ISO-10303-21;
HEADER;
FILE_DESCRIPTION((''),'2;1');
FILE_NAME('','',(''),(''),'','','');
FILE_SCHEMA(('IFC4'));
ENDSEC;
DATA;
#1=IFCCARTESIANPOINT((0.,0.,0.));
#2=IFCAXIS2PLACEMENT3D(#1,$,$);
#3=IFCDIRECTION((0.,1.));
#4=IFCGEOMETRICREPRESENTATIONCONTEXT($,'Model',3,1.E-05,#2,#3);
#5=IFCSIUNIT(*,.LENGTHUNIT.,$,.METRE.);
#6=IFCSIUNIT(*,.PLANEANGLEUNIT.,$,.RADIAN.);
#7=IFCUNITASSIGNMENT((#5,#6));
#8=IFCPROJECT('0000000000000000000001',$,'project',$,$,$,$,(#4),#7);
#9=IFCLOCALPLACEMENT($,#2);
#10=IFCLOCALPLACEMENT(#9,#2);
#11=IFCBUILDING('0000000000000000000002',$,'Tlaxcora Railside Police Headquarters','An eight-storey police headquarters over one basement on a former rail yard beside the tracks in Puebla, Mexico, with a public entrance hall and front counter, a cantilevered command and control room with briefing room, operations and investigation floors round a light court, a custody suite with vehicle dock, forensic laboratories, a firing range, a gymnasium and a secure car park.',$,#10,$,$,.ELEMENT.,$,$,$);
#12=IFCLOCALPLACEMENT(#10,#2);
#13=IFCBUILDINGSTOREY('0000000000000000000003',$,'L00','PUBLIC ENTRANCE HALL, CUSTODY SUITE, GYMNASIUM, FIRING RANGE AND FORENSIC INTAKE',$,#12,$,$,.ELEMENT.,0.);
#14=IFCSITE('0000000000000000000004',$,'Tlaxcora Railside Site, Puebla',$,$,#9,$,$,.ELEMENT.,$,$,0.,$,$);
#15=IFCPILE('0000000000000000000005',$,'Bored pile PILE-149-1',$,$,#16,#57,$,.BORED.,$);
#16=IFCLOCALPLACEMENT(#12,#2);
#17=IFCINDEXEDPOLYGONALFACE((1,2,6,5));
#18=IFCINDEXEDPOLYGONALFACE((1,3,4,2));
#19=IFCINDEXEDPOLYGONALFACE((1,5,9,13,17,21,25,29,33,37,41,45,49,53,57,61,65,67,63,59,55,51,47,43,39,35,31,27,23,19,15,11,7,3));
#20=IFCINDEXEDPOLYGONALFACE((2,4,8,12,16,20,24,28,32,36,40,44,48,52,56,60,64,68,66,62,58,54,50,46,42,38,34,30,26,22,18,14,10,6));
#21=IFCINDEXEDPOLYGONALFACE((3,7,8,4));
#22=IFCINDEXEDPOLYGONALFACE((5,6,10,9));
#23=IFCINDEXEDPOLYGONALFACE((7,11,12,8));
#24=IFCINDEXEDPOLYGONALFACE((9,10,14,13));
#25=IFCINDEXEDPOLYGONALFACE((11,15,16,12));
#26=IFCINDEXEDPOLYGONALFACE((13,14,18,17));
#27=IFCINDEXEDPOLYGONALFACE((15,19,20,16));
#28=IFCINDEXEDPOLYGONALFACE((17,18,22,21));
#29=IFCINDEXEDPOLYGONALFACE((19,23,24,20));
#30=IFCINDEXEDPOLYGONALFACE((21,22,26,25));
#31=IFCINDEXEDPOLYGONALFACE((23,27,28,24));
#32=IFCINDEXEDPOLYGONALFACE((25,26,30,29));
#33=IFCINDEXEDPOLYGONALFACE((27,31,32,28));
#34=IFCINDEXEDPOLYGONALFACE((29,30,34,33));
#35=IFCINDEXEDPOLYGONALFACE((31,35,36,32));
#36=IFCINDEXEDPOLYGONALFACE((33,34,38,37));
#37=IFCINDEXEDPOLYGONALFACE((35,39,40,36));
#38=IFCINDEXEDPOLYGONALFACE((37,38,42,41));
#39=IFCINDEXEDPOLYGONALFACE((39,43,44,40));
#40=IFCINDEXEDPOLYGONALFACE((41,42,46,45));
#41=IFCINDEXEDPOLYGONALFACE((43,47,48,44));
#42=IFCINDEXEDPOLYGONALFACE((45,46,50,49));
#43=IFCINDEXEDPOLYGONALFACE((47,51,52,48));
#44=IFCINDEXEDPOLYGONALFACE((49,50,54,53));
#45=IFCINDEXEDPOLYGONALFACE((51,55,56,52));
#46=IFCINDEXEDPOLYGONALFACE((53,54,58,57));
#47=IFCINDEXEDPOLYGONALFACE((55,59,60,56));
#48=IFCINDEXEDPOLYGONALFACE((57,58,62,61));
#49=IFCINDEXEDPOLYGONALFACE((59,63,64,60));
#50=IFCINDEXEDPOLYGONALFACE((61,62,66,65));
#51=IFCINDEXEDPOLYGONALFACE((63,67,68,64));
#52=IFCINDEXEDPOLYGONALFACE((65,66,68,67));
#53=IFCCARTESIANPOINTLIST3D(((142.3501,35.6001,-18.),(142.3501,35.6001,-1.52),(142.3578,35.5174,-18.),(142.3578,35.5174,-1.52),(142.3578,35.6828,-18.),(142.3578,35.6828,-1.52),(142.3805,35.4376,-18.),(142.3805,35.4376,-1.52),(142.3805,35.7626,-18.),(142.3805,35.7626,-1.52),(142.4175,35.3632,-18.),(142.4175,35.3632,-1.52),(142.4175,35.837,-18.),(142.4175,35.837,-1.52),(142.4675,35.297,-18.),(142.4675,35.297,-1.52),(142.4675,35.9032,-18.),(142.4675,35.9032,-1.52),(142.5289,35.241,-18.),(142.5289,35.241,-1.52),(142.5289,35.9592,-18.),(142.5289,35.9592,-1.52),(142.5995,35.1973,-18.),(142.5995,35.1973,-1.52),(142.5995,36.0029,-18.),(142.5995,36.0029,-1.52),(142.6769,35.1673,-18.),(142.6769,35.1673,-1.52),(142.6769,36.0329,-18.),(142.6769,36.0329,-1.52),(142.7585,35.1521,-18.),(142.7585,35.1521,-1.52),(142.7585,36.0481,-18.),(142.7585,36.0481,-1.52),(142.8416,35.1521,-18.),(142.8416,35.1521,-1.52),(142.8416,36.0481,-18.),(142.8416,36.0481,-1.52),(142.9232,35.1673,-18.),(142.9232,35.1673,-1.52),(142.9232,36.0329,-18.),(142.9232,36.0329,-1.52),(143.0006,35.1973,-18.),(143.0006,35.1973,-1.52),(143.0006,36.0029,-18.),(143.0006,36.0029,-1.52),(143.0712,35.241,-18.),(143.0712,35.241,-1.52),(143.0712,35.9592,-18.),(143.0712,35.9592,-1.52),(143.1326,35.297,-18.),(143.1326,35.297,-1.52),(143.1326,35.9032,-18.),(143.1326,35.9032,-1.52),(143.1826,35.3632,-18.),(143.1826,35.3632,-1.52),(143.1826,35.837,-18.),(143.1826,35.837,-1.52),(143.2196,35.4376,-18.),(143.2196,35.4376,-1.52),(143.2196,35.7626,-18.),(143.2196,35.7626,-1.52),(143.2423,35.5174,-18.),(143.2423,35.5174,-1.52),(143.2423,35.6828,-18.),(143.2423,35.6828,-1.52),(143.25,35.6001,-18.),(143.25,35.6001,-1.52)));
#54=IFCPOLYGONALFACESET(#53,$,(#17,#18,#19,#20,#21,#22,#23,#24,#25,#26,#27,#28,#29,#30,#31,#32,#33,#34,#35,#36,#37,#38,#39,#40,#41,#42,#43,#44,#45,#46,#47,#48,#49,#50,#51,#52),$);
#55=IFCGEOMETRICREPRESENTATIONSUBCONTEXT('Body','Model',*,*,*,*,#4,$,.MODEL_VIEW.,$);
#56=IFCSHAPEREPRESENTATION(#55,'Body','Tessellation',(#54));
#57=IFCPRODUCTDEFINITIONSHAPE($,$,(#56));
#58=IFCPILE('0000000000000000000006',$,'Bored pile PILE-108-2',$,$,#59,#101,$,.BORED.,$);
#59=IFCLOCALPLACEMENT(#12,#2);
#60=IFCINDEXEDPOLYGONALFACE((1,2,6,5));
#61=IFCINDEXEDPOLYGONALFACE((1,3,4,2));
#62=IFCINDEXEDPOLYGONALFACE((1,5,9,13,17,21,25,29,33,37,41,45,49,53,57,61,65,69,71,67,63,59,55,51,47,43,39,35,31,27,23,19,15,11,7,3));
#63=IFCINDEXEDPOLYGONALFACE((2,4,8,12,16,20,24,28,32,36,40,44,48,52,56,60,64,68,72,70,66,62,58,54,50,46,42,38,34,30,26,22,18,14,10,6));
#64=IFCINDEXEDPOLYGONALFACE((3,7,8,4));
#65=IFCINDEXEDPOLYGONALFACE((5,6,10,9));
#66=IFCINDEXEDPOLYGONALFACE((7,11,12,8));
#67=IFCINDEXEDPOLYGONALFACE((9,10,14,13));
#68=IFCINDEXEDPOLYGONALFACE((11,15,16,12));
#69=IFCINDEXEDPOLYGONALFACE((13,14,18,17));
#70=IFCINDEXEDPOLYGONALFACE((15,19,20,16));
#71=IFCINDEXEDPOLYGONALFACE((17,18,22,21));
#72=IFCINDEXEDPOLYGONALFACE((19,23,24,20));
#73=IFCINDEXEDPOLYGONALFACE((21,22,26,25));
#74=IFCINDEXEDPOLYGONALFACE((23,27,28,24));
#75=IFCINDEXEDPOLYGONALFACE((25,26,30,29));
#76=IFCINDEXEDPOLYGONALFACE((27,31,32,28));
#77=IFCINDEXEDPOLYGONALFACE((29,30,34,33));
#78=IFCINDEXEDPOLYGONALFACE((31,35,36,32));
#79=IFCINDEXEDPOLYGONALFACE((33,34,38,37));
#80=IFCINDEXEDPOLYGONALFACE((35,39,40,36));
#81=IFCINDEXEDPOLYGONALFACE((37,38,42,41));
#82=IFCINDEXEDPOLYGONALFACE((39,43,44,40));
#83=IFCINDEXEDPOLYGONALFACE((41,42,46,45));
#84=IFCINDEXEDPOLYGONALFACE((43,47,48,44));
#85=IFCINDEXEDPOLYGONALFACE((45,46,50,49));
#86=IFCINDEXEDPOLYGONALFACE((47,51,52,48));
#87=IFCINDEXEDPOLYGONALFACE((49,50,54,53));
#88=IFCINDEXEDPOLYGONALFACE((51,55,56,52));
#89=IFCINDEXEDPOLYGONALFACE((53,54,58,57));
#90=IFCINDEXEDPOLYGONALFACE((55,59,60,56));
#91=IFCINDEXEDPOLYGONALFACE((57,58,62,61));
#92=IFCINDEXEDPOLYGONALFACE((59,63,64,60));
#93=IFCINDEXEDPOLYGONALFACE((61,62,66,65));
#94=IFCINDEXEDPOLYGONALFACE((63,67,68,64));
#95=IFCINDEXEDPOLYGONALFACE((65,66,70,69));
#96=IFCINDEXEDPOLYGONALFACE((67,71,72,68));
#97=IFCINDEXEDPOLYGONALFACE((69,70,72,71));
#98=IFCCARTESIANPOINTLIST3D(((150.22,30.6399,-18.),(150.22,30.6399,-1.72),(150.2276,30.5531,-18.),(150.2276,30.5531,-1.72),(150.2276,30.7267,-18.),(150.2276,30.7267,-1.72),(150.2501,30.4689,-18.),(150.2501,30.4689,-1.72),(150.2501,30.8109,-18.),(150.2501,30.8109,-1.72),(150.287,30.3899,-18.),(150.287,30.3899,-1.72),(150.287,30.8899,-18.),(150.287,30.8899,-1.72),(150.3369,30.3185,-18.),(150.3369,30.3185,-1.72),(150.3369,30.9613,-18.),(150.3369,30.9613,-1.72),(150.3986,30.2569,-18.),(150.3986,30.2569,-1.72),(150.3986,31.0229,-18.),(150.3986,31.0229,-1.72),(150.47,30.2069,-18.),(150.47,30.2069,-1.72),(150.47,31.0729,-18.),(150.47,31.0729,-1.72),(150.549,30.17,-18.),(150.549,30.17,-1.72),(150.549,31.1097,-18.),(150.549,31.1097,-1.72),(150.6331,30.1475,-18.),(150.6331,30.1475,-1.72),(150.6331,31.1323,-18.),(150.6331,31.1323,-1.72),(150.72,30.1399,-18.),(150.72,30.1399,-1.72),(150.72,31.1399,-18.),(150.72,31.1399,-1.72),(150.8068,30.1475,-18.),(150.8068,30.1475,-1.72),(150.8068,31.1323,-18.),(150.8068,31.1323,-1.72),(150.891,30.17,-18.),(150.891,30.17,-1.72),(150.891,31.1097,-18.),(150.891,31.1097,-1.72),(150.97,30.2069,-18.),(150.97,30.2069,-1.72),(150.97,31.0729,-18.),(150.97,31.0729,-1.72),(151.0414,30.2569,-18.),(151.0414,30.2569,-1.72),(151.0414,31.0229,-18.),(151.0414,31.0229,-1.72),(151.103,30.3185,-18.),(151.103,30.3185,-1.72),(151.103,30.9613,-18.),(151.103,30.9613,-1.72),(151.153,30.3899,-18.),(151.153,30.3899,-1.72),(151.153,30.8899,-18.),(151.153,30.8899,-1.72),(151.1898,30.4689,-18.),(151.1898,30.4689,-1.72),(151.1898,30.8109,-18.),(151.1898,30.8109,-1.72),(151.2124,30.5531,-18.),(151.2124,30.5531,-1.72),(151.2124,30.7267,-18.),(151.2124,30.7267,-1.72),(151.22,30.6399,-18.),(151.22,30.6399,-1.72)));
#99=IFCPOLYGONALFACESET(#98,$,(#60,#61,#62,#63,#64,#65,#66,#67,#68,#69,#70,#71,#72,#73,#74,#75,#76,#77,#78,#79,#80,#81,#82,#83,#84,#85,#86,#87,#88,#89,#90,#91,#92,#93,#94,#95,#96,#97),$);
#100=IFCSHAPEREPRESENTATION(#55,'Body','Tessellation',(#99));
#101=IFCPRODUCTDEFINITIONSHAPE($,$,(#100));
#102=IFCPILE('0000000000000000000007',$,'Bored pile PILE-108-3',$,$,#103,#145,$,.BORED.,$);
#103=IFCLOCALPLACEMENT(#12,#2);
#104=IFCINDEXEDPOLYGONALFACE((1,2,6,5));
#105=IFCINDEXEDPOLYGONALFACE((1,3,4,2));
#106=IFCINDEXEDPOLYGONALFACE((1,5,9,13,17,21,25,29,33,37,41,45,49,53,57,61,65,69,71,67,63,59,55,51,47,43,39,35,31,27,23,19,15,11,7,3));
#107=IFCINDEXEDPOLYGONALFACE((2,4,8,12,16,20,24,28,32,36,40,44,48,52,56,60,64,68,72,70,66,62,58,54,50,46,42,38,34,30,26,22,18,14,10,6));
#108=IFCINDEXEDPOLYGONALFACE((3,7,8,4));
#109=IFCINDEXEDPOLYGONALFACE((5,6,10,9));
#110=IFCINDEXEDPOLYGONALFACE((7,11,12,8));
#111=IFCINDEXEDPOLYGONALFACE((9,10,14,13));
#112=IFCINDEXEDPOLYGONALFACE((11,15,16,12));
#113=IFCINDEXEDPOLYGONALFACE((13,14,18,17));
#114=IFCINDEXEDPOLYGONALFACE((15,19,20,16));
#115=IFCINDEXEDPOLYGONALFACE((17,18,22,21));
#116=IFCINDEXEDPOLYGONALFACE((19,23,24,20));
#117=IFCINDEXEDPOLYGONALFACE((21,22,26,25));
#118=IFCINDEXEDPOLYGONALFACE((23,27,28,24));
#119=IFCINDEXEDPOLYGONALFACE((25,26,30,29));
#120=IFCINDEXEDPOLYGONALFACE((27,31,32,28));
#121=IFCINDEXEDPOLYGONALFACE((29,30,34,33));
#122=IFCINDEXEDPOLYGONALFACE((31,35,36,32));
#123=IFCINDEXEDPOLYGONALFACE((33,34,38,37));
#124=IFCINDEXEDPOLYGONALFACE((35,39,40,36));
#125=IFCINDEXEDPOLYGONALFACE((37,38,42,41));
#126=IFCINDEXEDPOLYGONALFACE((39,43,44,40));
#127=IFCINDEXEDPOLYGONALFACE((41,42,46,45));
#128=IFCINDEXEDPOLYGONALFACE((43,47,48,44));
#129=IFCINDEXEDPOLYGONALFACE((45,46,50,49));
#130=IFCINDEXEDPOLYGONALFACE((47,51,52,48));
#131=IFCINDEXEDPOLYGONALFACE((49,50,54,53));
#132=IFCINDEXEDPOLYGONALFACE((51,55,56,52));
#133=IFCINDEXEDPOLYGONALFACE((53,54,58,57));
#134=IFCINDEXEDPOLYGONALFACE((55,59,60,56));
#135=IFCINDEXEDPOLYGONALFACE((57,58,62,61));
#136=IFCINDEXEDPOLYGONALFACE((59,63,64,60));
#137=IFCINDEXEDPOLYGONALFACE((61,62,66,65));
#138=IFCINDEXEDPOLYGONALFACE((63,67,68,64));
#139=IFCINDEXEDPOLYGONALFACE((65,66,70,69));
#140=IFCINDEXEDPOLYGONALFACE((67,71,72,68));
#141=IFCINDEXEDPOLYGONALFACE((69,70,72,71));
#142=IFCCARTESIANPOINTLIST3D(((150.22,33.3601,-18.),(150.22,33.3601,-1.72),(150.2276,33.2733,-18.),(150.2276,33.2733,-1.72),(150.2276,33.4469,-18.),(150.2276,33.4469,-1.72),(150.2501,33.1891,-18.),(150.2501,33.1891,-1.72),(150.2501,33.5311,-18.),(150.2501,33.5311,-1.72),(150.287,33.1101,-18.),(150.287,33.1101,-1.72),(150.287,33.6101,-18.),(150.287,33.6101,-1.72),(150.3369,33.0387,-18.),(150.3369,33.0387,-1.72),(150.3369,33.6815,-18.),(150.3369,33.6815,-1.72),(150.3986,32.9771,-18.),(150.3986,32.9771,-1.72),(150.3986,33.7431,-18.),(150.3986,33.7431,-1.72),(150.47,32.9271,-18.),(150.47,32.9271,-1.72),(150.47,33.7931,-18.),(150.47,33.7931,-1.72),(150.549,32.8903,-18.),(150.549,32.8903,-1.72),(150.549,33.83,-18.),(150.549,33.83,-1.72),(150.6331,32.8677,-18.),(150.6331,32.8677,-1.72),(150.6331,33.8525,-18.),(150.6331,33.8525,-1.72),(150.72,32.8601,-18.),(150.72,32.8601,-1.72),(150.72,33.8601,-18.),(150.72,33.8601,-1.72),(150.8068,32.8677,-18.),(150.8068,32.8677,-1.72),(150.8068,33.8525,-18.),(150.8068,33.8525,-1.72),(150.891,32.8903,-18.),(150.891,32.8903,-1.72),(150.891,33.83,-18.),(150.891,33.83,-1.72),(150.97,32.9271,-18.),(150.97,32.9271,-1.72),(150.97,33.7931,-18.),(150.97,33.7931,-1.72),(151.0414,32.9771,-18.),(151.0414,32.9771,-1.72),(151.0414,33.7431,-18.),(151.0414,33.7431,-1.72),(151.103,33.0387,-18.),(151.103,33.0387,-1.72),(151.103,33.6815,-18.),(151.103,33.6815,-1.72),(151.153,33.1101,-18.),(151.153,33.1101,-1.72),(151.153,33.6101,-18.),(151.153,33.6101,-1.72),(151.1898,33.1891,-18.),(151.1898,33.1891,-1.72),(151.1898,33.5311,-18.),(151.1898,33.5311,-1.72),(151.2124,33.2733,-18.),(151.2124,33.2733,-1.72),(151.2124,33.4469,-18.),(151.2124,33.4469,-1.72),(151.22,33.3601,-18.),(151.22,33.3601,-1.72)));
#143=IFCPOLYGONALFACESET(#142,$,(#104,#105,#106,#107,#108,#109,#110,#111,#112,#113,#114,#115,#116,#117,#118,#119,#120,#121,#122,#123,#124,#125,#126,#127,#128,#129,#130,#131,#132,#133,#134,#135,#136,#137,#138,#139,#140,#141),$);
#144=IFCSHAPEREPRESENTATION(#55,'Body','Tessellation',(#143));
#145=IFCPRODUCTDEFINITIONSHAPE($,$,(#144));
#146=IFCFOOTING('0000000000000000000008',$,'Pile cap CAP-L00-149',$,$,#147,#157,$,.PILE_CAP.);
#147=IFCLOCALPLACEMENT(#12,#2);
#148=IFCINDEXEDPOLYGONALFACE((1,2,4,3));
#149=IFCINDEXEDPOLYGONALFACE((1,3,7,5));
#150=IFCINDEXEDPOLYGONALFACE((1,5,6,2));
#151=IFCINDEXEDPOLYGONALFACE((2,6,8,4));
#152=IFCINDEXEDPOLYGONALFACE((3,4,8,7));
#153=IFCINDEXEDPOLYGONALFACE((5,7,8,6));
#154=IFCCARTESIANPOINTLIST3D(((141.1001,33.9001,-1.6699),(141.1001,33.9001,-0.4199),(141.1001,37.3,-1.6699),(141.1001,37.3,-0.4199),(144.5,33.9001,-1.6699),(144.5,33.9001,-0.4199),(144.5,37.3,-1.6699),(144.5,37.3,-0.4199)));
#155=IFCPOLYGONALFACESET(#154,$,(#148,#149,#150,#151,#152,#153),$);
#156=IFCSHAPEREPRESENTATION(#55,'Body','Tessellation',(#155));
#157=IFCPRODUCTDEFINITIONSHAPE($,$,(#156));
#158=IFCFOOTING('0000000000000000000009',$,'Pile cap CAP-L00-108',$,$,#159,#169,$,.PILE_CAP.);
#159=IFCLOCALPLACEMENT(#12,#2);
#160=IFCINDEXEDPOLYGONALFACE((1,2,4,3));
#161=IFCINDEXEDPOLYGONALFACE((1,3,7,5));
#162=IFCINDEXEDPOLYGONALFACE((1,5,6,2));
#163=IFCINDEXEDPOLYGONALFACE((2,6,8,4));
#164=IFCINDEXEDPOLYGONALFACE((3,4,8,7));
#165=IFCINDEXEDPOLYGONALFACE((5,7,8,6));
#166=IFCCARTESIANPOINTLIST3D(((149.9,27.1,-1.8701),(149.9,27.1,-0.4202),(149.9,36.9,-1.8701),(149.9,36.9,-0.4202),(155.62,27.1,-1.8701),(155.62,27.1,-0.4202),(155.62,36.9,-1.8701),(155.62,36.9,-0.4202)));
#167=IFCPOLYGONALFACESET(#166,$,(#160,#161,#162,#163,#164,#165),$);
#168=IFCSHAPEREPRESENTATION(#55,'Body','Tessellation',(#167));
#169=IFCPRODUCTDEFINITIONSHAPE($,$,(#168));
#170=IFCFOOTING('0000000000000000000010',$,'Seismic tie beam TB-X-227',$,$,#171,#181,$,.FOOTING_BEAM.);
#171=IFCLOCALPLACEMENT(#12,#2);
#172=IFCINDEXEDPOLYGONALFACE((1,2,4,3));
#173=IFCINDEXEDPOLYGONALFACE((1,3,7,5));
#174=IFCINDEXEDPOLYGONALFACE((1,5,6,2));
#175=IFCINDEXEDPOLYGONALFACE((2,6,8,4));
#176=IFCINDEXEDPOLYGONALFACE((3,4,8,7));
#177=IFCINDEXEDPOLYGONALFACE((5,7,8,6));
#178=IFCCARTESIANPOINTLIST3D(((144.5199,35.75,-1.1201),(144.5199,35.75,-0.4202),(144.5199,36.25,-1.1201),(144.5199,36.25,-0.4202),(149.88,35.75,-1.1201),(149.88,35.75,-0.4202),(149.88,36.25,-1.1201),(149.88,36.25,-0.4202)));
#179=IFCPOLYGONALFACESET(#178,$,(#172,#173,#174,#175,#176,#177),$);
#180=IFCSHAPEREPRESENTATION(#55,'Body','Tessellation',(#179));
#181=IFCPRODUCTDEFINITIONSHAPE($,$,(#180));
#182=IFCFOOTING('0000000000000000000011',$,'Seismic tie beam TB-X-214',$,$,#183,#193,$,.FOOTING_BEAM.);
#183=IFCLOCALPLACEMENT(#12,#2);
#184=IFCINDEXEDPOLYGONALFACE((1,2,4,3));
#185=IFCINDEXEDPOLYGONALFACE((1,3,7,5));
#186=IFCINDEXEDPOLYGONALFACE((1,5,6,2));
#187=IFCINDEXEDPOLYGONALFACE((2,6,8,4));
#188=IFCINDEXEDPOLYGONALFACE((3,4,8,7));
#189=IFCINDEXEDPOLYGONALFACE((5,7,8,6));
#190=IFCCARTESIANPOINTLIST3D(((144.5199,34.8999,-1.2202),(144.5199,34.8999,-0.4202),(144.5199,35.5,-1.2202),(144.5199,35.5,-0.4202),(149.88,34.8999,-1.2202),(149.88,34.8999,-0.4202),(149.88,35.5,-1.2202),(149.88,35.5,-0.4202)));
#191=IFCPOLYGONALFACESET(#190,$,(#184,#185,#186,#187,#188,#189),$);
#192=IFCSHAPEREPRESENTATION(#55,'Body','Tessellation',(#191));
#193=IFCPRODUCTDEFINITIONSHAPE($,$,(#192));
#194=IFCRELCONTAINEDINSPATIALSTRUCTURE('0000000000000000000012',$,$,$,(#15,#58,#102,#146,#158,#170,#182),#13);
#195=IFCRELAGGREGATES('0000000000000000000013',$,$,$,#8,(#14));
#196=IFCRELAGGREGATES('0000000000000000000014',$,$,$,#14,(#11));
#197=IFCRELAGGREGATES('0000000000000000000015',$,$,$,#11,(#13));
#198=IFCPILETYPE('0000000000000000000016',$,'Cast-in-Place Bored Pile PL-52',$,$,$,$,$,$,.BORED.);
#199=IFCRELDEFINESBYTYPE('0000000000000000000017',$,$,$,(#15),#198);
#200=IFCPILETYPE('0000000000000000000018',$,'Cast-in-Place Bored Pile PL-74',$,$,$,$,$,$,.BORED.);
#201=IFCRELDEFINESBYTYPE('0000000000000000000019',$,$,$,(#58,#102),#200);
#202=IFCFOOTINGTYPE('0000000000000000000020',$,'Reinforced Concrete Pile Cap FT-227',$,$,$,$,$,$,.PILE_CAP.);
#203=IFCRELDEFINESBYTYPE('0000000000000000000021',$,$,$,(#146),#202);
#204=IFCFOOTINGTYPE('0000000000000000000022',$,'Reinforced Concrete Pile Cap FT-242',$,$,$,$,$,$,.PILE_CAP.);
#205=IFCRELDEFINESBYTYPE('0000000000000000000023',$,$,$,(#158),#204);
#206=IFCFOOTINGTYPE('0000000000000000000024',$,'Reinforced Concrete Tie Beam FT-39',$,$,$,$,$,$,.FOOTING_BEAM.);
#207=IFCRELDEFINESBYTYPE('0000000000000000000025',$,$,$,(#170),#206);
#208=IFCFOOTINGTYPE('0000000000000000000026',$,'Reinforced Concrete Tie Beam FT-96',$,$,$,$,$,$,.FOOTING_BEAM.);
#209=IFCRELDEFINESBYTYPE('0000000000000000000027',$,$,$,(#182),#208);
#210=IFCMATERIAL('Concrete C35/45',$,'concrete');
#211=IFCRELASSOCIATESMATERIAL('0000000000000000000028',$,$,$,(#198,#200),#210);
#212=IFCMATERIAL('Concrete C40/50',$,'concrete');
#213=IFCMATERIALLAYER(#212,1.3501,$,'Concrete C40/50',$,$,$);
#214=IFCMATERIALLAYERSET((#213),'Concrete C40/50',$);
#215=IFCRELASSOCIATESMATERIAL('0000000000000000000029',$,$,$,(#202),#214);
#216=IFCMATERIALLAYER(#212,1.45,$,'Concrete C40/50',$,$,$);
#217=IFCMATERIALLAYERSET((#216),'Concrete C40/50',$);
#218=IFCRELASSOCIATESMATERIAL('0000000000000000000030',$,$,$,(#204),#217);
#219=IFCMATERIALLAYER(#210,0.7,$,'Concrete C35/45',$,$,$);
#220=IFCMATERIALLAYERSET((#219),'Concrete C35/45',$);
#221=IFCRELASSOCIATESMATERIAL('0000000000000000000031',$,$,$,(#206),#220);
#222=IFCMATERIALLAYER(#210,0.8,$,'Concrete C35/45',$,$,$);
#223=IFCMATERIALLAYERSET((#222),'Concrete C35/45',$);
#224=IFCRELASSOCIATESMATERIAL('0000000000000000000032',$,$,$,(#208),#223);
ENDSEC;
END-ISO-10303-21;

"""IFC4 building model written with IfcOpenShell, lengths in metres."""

from ifc_helpers import new_model, si_unit, direction, frame, origin, origin_2d, place, context, subcontext, project, spatial, rectangle, circle, extrude, material, layer, layer_set, material_profile, profile_set, type_object, element, save


model = new_model("IFC4")

# Units and contexts
model_context = context("Model", 3, precision=1e-05, world=origin(), true_north=direction((0.0, 1.0)))
body_context = subcontext(model_context, "Body", "Model", "MODEL_VIEW")
ifc_project = project(units=[si_unit("LENGTHUNIT", "METRE"), si_unit("PLANEANGLEUNIT", "RADIAN")], contexts=[model_context])

# Site, building, storey
site_placement = place(None, origin())
site = spatial("IfcSite", under=ifc_project, at=site_placement, Name="Tlaxcora Railside Site, Puebla", CompositionType="ELEMENT", RefElevation=0.0)
building_placement = place(site_placement, origin())
building = spatial("IfcBuilding", under=site, at=building_placement, Name="Tlaxcora Railside Police Headquarters", Description="An eight-storey police headquarters over one basement on a former rail yard beside the tracks in Puebla, Mexico, with a public entrance hall and front counter, a cantilevered command and control room with briefing room, operations and investigation floors round a light court, a custody suite with vehicle dock, forensic laboratories, a firing range, a gymnasium and a secure car park.", CompositionType="ELEMENT")
storey_placement = place(building_placement, origin())
storey = spatial("IfcBuildingStorey", under=building, at=storey_placement, Name="L00", Description="PUBLIC ENTRANCE HALL, CUSTODY SUITE, GYMNASIUM, FIRING RANGE AND FORENSIC INTAKE", CompositionType="ELEMENT", Elevation=0.0)

# Piles
ifc_material_1 = material(Name="Concrete C35/45", Category="concrete")
ifc_material_profile_1 = material_profile(ifc_material_1, circle(Radius=0.45, at=origin_2d()), Name="PILE900")
ifc_profile_set_1 = profile_set([ifc_material_profile_1], Name="Concrete C35/45")
pile_type_1 = type_object("IfcPileType", Name="Cast-in-Place Bored Pile PL-52", PredefinedType="BORED", material=ifc_profile_set_1)
pile_placement = place(storey_placement, frame((142.8, 35.6001, -1.52), z_axis=(0.0, 0.0, -1.0), x_axis=(1.0, 0.0, 0.0)))
element("IfcPile", 1, at=pile_placement, inside=storey, type_object=pile_type_1, Name="Bored pile PILE-149-1", PredefinedType="BORED", context=body_context, shape_type="SweptSolid", body=[
    extrude(circle(Radius=0.45, at=origin_2d()), origin(), (0.0, 0.0, 1.0), 16.48),
])
ifc_material_profile_2 = material_profile(ifc_material_1, circle(Radius=0.5, at=origin_2d()), Name="PILE1000")
ifc_profile_set_2 = profile_set([ifc_material_profile_2], Name="Concrete C35/45")
pile_type_2 = type_object("IfcPileType", Name="Cast-in-Place Bored Pile PL-74", PredefinedType="BORED", material=ifc_profile_set_2)
for number, where, z_axis, x_axis, name in (
    (2, (150.72, 30.6399, -1.72), (0.0, 0.0, -1.0), (1.0, 0.0, 0.0), "Bored pile PILE-108-2"),
    (3, (150.72, 33.3601, -1.72), (0.0, 0.0, -1.0), (1.0, 0.0, 0.0), "Bored pile PILE-108-3"),
):
    element("IfcPile", number, at=place(storey_placement, frame(where, z_axis=z_axis, x_axis=x_axis)), inside=storey, type_object=pile_type_2, Name=name, PredefinedType="BORED", context=body_context, shape_type="SweptSolid", body=[
        extrude(circle(Radius=0.5, at=origin_2d()), origin(), (0.0, 0.0, 1.0), 16.28),
    ])

# Footings
ifc_material_2 = material(Name="Concrete C40/50", Category="concrete")
ifc_layer_1 = layer(ifc_material_2, 1.3501, Name="Concrete C40/50")
ifc_layer_set_1 = layer_set([ifc_layer_1], Name="Concrete C40/50")
footing_type_1 = type_object("IfcFootingType", Name="Reinforced Concrete Pile Cap FT-227", PredefinedType="PILE_CAP", material=ifc_layer_set_1)
footing_1_placement = place(storey_placement, frame((142.8, 35.6001, -1.6699), z_axis=(0.0, 0.0, 1.0), x_axis=(1.0, 0.0, 0.0)))
element("IfcFooting", 4, at=footing_1_placement, inside=storey, type_object=footing_type_1, Name="Pile cap CAP-L00-149", PredefinedType="PILE_CAP", context=body_context, shape_type="SweptSolid", body=[
    extrude(rectangle(XDim=3.3999, YDim=3.3999, at=origin_2d()), origin(), (0.0, 0.0, 1.0), 1.25),
])
ifc_layer_2 = layer(ifc_material_2, 1.45, Name="Concrete C40/50")
ifc_layer_set_2 = layer_set([ifc_layer_2], Name="Concrete C40/50")
footing_type_2 = type_object("IfcFootingType", Name="Reinforced Concrete Pile Cap FT-242", PredefinedType="PILE_CAP", material=ifc_layer_set_2)
footing_2_placement = place(storey_placement, frame((152.76, 32.0, -1.8701), z_axis=(0.0, 0.0, 1.0), x_axis=(1.0, 0.0, 0.0)))
element("IfcFooting", 5, at=footing_2_placement, inside=storey, type_object=footing_type_2, Name="Pile cap CAP-L00-108", PredefinedType="PILE_CAP", context=body_context, shape_type="SweptSolid", body=[
    extrude(rectangle(XDim=5.72, YDim=9.8, at=origin_2d()), origin(), (0.0, 0.0, 1.0), 1.45),
])
ifc_layer_3 = layer(ifc_material_1, 0.7, Name="Concrete C35/45")
ifc_layer_set_3 = layer_set([ifc_layer_3], Name="Concrete C35/45")
footing_type_3 = type_object("IfcFootingType", Name="Reinforced Concrete Tie Beam FT-39", PredefinedType="FOOTING_BEAM", material=ifc_layer_set_3)
footing_3_placement = place(storey_placement, frame((147.2, 36.0, -1.1201), z_axis=(0.0, 0.0, 1.0), x_axis=(1.0, 0.0, 0.0)))
element("IfcFooting", 6, at=footing_3_placement, inside=storey, type_object=footing_type_3, Name="Seismic tie beam TB-X-227", PredefinedType="FOOTING_BEAM", context=body_context, shape_type="SweptSolid", body=[
    extrude(rectangle(XDim=5.3601, YDim=0.5, at=origin_2d()), origin(), (0.0, 0.0, 1.0), 0.7),
])
ifc_layer_4 = layer(ifc_material_1, 0.8, Name="Concrete C35/45")
ifc_layer_set_4 = layer_set([ifc_layer_4], Name="Concrete C35/45")
footing_type_4 = type_object("IfcFootingType", Name="Reinforced Concrete Tie Beam FT-96", PredefinedType="FOOTING_BEAM", material=ifc_layer_set_4)
footing_4_placement = place(storey_placement, frame((147.2, 35.2, -1.2202), z_axis=(0.0, 0.0, 1.0), x_axis=(1.0, 0.0, 0.0)))
element("IfcFooting", 7, at=footing_4_placement, inside=storey, type_object=footing_type_4, Name="Seismic tie beam TB-X-214", PredefinedType="FOOTING_BEAM", context=body_context, shape_type="SweptSolid", body=[
    extrude(rectangle(XDim=5.3601, YDim=0.6001, at=origin_2d()), origin(), (0.0, 0.0, 1.0), 0.8),
])

save(model, "model.ifc")
